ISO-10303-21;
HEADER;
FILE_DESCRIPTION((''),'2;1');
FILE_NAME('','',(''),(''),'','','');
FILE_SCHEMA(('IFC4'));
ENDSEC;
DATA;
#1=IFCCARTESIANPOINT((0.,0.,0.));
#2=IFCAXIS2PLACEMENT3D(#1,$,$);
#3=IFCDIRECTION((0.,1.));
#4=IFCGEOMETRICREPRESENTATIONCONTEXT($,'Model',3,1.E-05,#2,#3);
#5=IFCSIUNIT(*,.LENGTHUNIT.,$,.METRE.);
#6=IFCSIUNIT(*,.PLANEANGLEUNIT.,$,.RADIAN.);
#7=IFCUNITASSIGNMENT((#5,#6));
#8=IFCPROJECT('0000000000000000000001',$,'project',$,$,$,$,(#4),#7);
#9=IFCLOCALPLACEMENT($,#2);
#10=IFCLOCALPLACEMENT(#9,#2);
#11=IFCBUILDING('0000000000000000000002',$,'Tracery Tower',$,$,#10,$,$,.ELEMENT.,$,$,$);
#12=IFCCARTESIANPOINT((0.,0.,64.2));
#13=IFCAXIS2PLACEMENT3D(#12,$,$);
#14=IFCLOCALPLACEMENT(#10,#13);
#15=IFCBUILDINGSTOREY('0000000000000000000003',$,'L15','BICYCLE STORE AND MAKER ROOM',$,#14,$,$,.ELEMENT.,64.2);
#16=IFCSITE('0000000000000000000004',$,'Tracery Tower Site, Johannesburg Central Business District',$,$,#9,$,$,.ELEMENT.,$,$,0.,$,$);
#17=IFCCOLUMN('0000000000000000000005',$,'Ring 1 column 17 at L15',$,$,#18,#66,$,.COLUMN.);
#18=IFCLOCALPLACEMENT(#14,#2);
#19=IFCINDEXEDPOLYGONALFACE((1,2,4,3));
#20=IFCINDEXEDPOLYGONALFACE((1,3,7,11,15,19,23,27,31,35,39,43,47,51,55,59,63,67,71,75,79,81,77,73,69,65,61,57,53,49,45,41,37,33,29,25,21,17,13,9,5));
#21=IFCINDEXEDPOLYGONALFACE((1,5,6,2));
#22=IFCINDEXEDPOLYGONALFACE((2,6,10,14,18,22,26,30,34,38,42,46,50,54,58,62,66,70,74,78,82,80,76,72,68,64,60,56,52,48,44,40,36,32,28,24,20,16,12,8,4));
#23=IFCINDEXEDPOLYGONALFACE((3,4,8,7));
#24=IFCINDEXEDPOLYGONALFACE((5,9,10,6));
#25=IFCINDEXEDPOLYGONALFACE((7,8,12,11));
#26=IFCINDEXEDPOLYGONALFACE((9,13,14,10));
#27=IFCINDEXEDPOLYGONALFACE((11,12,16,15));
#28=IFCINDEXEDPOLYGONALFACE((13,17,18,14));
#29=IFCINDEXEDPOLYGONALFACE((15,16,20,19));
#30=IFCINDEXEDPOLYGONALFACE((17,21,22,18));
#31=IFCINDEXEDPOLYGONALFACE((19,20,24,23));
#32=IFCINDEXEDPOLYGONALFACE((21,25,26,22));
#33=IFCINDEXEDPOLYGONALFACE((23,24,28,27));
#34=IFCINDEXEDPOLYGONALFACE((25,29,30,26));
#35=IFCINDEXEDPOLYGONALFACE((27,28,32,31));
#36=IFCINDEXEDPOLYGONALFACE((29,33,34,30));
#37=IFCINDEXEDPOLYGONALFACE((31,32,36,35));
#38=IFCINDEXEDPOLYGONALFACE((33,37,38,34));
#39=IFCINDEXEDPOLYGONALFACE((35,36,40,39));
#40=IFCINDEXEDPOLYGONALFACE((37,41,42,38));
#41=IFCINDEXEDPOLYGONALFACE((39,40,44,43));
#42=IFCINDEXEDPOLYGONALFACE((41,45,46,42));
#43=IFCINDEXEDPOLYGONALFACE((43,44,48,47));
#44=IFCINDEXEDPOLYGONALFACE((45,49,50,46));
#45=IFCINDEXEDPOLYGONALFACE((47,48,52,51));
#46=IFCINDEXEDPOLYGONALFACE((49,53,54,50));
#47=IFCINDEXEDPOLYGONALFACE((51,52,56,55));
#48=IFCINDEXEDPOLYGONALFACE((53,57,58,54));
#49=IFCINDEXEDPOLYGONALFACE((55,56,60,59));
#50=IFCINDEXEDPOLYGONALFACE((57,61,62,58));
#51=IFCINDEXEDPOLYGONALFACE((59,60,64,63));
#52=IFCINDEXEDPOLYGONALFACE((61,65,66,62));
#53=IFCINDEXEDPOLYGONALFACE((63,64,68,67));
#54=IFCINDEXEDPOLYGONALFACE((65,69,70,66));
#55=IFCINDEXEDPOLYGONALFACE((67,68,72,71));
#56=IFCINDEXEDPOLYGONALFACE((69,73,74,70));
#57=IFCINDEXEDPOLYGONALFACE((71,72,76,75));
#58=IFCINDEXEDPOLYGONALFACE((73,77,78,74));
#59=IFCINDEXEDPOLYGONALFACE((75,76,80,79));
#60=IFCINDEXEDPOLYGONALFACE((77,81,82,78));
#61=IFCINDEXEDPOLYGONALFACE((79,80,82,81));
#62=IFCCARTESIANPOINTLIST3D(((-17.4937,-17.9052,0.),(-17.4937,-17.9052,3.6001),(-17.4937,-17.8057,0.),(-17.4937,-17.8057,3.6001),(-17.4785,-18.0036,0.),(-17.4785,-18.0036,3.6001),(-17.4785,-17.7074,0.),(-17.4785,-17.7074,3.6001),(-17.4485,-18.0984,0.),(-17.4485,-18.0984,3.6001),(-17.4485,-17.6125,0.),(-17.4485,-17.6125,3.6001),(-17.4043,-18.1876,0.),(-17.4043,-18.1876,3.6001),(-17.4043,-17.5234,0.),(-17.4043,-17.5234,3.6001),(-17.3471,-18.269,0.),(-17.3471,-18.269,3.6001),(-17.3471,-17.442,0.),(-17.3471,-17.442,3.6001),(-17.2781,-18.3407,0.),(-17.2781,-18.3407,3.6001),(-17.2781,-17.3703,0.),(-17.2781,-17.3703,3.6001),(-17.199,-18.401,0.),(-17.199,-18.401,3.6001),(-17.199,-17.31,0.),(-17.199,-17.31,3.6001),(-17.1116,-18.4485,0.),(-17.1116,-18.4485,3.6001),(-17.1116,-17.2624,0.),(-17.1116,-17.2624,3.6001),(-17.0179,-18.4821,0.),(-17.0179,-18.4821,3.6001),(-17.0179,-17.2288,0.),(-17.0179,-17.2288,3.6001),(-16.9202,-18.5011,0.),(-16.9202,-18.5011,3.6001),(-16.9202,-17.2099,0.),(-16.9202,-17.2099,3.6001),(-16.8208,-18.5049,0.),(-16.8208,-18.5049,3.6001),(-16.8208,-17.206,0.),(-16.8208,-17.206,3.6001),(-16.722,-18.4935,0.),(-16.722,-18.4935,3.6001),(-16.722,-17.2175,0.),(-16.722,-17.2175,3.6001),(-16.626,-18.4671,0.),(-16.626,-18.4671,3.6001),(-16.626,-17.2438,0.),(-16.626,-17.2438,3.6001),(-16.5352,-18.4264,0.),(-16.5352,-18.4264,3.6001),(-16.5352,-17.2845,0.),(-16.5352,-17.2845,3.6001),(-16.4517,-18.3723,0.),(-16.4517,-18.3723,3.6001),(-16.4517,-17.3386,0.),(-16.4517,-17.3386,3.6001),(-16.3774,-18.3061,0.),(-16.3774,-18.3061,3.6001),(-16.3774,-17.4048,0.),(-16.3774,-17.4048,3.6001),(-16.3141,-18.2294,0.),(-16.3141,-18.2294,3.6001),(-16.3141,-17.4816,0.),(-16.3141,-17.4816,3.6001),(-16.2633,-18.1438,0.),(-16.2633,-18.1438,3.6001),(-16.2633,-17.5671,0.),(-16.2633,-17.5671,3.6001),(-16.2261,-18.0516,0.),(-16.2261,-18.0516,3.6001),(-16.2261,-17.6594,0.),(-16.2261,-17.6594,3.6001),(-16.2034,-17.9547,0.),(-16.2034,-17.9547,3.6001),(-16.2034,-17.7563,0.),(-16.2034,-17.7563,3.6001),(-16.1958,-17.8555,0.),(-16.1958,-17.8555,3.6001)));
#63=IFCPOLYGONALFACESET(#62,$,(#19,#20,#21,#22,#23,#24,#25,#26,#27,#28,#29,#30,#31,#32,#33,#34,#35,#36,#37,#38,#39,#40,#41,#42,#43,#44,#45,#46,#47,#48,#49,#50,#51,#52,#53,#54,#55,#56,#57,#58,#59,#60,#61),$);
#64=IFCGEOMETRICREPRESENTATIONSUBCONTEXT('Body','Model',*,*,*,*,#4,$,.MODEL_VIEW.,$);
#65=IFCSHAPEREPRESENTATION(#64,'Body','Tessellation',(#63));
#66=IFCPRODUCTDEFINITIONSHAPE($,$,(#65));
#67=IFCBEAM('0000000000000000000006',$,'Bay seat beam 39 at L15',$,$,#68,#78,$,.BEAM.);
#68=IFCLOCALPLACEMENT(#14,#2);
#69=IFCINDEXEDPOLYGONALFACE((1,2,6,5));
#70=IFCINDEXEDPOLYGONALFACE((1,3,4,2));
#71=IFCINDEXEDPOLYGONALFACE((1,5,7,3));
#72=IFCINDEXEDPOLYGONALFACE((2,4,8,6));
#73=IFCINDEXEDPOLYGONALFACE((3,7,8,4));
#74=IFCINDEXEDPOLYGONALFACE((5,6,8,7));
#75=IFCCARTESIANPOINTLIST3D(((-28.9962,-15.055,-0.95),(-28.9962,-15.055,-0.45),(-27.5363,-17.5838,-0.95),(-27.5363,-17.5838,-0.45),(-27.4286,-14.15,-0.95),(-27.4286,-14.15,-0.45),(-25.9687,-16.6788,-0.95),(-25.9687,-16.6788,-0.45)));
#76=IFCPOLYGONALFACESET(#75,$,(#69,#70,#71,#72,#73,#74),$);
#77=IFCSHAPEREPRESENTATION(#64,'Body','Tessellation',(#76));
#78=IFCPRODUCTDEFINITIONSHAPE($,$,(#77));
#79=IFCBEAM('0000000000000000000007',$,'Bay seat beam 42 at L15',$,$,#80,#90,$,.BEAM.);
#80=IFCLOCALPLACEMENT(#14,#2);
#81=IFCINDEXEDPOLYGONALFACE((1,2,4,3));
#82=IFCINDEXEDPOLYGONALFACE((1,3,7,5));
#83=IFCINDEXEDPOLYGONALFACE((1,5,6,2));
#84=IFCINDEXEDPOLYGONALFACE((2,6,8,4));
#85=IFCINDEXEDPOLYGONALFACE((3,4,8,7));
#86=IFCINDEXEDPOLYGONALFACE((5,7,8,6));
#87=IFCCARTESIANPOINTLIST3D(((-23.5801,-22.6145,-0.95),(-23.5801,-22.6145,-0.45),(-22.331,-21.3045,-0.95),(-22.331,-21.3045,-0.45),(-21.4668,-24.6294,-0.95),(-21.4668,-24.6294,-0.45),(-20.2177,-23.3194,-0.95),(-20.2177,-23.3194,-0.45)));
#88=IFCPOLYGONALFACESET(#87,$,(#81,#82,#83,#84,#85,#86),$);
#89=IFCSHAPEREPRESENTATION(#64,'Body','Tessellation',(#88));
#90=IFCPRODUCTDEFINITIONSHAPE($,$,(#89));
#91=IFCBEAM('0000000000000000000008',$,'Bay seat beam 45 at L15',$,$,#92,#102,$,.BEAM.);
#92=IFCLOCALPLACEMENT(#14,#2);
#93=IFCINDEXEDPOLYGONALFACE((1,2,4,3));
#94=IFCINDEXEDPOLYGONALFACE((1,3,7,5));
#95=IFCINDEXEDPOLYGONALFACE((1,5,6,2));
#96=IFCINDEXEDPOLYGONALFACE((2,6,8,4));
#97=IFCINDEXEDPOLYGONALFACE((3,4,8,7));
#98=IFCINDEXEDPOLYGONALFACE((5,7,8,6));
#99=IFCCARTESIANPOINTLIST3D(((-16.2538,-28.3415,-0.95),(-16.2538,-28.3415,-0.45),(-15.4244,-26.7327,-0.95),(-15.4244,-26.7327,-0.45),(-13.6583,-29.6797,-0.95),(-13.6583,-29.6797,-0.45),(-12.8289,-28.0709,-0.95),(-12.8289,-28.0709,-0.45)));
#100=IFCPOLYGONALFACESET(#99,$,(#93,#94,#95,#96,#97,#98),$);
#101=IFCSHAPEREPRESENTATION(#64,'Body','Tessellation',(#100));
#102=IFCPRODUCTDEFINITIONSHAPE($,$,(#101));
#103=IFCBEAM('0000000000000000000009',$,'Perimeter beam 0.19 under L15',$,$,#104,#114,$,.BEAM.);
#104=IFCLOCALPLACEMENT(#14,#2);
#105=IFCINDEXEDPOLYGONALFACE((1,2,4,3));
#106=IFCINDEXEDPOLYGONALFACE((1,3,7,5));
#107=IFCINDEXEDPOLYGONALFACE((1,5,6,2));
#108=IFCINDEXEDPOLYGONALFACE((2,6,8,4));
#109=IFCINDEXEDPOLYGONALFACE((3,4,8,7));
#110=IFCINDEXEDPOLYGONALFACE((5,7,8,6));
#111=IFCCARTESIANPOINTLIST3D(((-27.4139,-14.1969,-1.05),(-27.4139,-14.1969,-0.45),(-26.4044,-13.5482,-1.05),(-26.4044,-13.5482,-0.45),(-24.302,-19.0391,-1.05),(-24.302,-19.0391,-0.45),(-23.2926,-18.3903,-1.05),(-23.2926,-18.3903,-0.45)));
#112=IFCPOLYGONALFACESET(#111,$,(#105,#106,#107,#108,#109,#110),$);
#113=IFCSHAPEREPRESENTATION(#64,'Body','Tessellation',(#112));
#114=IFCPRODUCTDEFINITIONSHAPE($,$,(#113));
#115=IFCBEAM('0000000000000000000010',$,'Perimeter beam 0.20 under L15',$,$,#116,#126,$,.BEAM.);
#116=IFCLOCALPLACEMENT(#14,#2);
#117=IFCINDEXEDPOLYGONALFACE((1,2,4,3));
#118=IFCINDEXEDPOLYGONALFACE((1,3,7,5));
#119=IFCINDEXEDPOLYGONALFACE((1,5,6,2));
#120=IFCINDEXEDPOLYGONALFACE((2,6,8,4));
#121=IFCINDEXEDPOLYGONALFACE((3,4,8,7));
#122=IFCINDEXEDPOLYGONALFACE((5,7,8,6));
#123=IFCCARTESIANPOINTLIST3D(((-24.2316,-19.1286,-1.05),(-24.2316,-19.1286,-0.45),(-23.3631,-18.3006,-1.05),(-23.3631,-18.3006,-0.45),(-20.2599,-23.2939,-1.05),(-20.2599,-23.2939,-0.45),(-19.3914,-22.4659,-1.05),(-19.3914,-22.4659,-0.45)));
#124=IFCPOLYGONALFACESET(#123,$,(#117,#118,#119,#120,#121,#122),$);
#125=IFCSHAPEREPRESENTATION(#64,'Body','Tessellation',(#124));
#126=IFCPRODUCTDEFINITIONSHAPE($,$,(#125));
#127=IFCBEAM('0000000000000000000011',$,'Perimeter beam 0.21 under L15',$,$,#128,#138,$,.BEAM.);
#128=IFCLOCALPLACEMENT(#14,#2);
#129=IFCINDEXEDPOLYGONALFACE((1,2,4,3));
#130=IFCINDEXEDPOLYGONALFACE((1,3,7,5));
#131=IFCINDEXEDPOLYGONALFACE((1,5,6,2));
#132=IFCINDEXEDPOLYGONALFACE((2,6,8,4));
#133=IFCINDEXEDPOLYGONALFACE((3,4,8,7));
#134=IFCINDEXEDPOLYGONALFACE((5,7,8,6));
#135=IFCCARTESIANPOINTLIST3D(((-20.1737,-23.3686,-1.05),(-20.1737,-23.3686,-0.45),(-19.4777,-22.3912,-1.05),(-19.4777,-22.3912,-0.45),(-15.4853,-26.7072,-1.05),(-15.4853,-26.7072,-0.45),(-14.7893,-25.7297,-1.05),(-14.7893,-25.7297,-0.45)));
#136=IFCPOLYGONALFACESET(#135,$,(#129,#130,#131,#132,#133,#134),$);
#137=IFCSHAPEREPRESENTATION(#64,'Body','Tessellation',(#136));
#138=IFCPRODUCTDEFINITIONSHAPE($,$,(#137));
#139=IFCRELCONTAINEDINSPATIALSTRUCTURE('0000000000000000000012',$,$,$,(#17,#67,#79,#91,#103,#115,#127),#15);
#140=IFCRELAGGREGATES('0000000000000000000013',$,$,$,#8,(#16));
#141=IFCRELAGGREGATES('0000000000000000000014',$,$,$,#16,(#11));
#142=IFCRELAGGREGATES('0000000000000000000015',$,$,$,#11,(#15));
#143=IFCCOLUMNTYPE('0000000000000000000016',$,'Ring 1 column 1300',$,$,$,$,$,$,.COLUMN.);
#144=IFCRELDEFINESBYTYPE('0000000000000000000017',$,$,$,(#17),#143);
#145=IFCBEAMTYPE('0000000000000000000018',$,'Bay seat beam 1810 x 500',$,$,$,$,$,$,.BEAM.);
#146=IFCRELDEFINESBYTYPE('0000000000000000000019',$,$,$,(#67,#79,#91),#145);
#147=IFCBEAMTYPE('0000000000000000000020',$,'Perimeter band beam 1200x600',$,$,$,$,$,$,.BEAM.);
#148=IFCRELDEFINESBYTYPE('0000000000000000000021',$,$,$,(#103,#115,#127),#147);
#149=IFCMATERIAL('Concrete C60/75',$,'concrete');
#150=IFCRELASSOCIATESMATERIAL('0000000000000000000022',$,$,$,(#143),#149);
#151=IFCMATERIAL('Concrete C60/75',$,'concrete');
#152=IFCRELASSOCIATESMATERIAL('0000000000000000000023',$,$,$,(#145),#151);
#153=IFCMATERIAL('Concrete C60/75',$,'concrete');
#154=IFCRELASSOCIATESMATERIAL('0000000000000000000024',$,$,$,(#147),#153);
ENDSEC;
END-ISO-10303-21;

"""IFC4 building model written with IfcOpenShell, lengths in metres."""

from ifc_helpers import new_model, si_unit, direction, frame, origin, origin_2d, place, context, subcontext, project, spatial, rectangle, circle, extrude, material, material_profile, profile_set, type_object, element, save


model = new_model("IFC4")

# Units and contexts
model_context = context("Model", 3, precision=1e-05, world=origin(), true_north=direction((0.0, 1.0)))
body_context = subcontext(model_context, "Body", "Model", "MODEL_VIEW")
ifc_project = project(units=[si_unit("LENGTHUNIT", "METRE"), si_unit("PLANEANGLEUNIT", "RADIAN")], contexts=[model_context])

# Site, building, storey
site_placement = place(None, origin())
site = spatial("IfcSite", under=ifc_project, at=site_placement, Name="Tracery Tower Site, Johannesburg Central Business District", CompositionType="ELEMENT", RefElevation=0.0)
building_placement = place(site_placement, origin())
building = spatial("IfcBuilding", under=site, at=building_placement, Name="Tracery Tower", CompositionType="ELEMENT")
storey_placement = place(building_placement, frame((0.0, 0.0, 64.2)))
storey = spatial("IfcBuildingStorey", under=building, at=storey_placement, Name="L15", Description="BICYCLE STORE AND MAKER ROOM", CompositionType="ELEMENT", Elevation=64.2)

# Column
ifc_material_1 = material(Name="Concrete C60/75", Category="concrete")
ifc_material_profile_1 = material_profile(ifc_material_1, circle(Radius=0.6499, at=origin_2d()), Name="RC D1300")
ifc_profile_set_1 = profile_set([ifc_material_profile_1], Name="Concrete C60/75")
column_type_1 = type_object("IfcColumnType", Name="Ring 1 column 1300", PredefinedType="COLUMN", material=ifc_profile_set_1)
for number, where, z_axis, x_axis, name in (
    (1, (-16.8457, -17.8555, 0.0), (0.0, 0.0, 1.0), (1.0, 0.0, 0.0), "Ring 1 column 17 at L15"),
):
    element("IfcColumn", number, at=place(storey_placement, frame(where, z_axis=z_axis, x_axis=x_axis)), inside=storey, type_object=column_type_1, Name=name, PredefinedType="COLUMN", context=body_context, shape_type="SweptSolid", body=[
        extrude(circle(Radius=0.6499, at=origin_2d()), origin(), (0.0, 0.0, 1.0), 3.6001),
    ])

# Beams
ifc_material_2 = material(Name="Concrete C60/75", Category="concrete")
ifc_material_profile_2 = material_profile(ifc_material_2, rectangle(XDim=1.8101, YDim=0.5, at=origin_2d()), Name="RC 1810x500")
ifc_profile_set_2 = profile_set([ifc_material_profile_2], Name="Concrete C60/75")
beam_type_1 = type_object("IfcBeamType", Name="Bay seat beam 1810 x 500", PredefinedType="BEAM", material=ifc_profile_set_2)
for number, where, z_axis, x_axis, name in (
    (2, (-28.2124, -14.6025, -0.7), (0.499988, -0.866032, 0.0), (0.866032, 0.499988, 0.0), "Bay seat beam 39 at L15"),
    (3, (-22.9556, -21.9595, -0.7), (0.723754, -0.690058, 0.0), (0.690058, 0.723754, 0.0), "Bay seat beam 42 at L15"),
):
    element("IfcBeam", number, at=place(storey_placement, frame(where, z_axis=z_axis, x_axis=x_axis)), inside=storey, type_object=beam_type_1, Name=name, PredefinedType="BEAM", context=body_context, shape_type="SweptSolid", body=[
        extrude(rectangle(XDim=1.8101, YDim=0.5, at=origin_2d()), origin(), (0.0, 0.0, 1.0), 2.9199),
    ])
beam_1_placement = place(storey_placement, frame((-15.8391, -27.5371, -0.7), z_axis=(0.888824, -0.458249, 0.0), x_axis=(0.458249, 0.888824, 0.0)))
element("IfcBeam", 4, at=beam_1_placement, inside=storey, type_object=beam_type_1, Name="Bay seat beam 45 at L15", PredefinedType="BEAM", context=body_context, shape_type="SweptSolid", body=[
    extrude(rectangle(XDim=1.8101, YDim=0.5, at=origin_2d()), origin(), (0.0, 0.0, 1.0), 2.9202),
])
ifc_material_3 = material(Name="Concrete C60/75", Category="concrete")
ifc_material_profile_3 = material_profile(ifc_material_3, rectangle(XDim=1.2, YDim=0.6001, at=origin_2d()), Name="RC 1200x600")
ifc_profile_set_3 = profile_set([ifc_material_profile_3], Name="Concrete C60/75")
beam_type_2 = type_object("IfcBeamType", Name="Perimeter band beam 1200x600", PredefinedType="BEAM", material=ifc_profile_set_3)
beam_2_placement = place(storey_placement, frame((-26.9092, -13.8726, -0.75), z_axis=(0.540644, -0.841252, 0.0), x_axis=(0.841252, 0.540644, 0.0)))
element("IfcBeam", 5, at=beam_2_placement, inside=storey, type_object=beam_type_2, Name="Perimeter beam 0.19 under L15", PredefinedType="BEAM", context=body_context, shape_type="SweptSolid", body=[
    extrude(rectangle(XDim=1.2, YDim=0.6001, at=origin_2d()), origin(), (0.0, 0.0, 1.0), 5.7559),
])
beam_3_placement = place(storey_placement, frame((-23.7974, -18.7146, -0.75), z_axis=(0.690087, -0.723726, 0.0), x_axis=(0.723726, 0.690087, 0.0)))
element("IfcBeam", 6, at=beam_3_placement, inside=storey, type_object=beam_type_2, Name="Perimeter beam 0.20 under L15", PredefinedType="BEAM", context=body_context, shape_type="SweptSolid", body=[
    extrude(rectangle(XDim=1.2, YDim=0.6001, at=origin_2d()), origin(), (0.0, 0.0, 1.0), 5.7554),
])
beam_4_placement = place(storey_placement, frame((-19.8257, -22.8799, -0.75), z_axis=(0.814578, -0.580054, 0.0), x_axis=(0.580054, 0.814578, 0.0)))
element("IfcBeam", 7, at=beam_4_placement, inside=storey, type_object=beam_type_2, Name="Perimeter beam 0.21 under L15", PredefinedType="BEAM", context=body_context, shape_type="SweptSolid", body=[
    extrude(rectangle(XDim=1.2, YDim=0.6001, at=origin_2d()), origin(), (0.0, 0.0, 1.0), 5.7556),
])

save(model, "model.ifc")
